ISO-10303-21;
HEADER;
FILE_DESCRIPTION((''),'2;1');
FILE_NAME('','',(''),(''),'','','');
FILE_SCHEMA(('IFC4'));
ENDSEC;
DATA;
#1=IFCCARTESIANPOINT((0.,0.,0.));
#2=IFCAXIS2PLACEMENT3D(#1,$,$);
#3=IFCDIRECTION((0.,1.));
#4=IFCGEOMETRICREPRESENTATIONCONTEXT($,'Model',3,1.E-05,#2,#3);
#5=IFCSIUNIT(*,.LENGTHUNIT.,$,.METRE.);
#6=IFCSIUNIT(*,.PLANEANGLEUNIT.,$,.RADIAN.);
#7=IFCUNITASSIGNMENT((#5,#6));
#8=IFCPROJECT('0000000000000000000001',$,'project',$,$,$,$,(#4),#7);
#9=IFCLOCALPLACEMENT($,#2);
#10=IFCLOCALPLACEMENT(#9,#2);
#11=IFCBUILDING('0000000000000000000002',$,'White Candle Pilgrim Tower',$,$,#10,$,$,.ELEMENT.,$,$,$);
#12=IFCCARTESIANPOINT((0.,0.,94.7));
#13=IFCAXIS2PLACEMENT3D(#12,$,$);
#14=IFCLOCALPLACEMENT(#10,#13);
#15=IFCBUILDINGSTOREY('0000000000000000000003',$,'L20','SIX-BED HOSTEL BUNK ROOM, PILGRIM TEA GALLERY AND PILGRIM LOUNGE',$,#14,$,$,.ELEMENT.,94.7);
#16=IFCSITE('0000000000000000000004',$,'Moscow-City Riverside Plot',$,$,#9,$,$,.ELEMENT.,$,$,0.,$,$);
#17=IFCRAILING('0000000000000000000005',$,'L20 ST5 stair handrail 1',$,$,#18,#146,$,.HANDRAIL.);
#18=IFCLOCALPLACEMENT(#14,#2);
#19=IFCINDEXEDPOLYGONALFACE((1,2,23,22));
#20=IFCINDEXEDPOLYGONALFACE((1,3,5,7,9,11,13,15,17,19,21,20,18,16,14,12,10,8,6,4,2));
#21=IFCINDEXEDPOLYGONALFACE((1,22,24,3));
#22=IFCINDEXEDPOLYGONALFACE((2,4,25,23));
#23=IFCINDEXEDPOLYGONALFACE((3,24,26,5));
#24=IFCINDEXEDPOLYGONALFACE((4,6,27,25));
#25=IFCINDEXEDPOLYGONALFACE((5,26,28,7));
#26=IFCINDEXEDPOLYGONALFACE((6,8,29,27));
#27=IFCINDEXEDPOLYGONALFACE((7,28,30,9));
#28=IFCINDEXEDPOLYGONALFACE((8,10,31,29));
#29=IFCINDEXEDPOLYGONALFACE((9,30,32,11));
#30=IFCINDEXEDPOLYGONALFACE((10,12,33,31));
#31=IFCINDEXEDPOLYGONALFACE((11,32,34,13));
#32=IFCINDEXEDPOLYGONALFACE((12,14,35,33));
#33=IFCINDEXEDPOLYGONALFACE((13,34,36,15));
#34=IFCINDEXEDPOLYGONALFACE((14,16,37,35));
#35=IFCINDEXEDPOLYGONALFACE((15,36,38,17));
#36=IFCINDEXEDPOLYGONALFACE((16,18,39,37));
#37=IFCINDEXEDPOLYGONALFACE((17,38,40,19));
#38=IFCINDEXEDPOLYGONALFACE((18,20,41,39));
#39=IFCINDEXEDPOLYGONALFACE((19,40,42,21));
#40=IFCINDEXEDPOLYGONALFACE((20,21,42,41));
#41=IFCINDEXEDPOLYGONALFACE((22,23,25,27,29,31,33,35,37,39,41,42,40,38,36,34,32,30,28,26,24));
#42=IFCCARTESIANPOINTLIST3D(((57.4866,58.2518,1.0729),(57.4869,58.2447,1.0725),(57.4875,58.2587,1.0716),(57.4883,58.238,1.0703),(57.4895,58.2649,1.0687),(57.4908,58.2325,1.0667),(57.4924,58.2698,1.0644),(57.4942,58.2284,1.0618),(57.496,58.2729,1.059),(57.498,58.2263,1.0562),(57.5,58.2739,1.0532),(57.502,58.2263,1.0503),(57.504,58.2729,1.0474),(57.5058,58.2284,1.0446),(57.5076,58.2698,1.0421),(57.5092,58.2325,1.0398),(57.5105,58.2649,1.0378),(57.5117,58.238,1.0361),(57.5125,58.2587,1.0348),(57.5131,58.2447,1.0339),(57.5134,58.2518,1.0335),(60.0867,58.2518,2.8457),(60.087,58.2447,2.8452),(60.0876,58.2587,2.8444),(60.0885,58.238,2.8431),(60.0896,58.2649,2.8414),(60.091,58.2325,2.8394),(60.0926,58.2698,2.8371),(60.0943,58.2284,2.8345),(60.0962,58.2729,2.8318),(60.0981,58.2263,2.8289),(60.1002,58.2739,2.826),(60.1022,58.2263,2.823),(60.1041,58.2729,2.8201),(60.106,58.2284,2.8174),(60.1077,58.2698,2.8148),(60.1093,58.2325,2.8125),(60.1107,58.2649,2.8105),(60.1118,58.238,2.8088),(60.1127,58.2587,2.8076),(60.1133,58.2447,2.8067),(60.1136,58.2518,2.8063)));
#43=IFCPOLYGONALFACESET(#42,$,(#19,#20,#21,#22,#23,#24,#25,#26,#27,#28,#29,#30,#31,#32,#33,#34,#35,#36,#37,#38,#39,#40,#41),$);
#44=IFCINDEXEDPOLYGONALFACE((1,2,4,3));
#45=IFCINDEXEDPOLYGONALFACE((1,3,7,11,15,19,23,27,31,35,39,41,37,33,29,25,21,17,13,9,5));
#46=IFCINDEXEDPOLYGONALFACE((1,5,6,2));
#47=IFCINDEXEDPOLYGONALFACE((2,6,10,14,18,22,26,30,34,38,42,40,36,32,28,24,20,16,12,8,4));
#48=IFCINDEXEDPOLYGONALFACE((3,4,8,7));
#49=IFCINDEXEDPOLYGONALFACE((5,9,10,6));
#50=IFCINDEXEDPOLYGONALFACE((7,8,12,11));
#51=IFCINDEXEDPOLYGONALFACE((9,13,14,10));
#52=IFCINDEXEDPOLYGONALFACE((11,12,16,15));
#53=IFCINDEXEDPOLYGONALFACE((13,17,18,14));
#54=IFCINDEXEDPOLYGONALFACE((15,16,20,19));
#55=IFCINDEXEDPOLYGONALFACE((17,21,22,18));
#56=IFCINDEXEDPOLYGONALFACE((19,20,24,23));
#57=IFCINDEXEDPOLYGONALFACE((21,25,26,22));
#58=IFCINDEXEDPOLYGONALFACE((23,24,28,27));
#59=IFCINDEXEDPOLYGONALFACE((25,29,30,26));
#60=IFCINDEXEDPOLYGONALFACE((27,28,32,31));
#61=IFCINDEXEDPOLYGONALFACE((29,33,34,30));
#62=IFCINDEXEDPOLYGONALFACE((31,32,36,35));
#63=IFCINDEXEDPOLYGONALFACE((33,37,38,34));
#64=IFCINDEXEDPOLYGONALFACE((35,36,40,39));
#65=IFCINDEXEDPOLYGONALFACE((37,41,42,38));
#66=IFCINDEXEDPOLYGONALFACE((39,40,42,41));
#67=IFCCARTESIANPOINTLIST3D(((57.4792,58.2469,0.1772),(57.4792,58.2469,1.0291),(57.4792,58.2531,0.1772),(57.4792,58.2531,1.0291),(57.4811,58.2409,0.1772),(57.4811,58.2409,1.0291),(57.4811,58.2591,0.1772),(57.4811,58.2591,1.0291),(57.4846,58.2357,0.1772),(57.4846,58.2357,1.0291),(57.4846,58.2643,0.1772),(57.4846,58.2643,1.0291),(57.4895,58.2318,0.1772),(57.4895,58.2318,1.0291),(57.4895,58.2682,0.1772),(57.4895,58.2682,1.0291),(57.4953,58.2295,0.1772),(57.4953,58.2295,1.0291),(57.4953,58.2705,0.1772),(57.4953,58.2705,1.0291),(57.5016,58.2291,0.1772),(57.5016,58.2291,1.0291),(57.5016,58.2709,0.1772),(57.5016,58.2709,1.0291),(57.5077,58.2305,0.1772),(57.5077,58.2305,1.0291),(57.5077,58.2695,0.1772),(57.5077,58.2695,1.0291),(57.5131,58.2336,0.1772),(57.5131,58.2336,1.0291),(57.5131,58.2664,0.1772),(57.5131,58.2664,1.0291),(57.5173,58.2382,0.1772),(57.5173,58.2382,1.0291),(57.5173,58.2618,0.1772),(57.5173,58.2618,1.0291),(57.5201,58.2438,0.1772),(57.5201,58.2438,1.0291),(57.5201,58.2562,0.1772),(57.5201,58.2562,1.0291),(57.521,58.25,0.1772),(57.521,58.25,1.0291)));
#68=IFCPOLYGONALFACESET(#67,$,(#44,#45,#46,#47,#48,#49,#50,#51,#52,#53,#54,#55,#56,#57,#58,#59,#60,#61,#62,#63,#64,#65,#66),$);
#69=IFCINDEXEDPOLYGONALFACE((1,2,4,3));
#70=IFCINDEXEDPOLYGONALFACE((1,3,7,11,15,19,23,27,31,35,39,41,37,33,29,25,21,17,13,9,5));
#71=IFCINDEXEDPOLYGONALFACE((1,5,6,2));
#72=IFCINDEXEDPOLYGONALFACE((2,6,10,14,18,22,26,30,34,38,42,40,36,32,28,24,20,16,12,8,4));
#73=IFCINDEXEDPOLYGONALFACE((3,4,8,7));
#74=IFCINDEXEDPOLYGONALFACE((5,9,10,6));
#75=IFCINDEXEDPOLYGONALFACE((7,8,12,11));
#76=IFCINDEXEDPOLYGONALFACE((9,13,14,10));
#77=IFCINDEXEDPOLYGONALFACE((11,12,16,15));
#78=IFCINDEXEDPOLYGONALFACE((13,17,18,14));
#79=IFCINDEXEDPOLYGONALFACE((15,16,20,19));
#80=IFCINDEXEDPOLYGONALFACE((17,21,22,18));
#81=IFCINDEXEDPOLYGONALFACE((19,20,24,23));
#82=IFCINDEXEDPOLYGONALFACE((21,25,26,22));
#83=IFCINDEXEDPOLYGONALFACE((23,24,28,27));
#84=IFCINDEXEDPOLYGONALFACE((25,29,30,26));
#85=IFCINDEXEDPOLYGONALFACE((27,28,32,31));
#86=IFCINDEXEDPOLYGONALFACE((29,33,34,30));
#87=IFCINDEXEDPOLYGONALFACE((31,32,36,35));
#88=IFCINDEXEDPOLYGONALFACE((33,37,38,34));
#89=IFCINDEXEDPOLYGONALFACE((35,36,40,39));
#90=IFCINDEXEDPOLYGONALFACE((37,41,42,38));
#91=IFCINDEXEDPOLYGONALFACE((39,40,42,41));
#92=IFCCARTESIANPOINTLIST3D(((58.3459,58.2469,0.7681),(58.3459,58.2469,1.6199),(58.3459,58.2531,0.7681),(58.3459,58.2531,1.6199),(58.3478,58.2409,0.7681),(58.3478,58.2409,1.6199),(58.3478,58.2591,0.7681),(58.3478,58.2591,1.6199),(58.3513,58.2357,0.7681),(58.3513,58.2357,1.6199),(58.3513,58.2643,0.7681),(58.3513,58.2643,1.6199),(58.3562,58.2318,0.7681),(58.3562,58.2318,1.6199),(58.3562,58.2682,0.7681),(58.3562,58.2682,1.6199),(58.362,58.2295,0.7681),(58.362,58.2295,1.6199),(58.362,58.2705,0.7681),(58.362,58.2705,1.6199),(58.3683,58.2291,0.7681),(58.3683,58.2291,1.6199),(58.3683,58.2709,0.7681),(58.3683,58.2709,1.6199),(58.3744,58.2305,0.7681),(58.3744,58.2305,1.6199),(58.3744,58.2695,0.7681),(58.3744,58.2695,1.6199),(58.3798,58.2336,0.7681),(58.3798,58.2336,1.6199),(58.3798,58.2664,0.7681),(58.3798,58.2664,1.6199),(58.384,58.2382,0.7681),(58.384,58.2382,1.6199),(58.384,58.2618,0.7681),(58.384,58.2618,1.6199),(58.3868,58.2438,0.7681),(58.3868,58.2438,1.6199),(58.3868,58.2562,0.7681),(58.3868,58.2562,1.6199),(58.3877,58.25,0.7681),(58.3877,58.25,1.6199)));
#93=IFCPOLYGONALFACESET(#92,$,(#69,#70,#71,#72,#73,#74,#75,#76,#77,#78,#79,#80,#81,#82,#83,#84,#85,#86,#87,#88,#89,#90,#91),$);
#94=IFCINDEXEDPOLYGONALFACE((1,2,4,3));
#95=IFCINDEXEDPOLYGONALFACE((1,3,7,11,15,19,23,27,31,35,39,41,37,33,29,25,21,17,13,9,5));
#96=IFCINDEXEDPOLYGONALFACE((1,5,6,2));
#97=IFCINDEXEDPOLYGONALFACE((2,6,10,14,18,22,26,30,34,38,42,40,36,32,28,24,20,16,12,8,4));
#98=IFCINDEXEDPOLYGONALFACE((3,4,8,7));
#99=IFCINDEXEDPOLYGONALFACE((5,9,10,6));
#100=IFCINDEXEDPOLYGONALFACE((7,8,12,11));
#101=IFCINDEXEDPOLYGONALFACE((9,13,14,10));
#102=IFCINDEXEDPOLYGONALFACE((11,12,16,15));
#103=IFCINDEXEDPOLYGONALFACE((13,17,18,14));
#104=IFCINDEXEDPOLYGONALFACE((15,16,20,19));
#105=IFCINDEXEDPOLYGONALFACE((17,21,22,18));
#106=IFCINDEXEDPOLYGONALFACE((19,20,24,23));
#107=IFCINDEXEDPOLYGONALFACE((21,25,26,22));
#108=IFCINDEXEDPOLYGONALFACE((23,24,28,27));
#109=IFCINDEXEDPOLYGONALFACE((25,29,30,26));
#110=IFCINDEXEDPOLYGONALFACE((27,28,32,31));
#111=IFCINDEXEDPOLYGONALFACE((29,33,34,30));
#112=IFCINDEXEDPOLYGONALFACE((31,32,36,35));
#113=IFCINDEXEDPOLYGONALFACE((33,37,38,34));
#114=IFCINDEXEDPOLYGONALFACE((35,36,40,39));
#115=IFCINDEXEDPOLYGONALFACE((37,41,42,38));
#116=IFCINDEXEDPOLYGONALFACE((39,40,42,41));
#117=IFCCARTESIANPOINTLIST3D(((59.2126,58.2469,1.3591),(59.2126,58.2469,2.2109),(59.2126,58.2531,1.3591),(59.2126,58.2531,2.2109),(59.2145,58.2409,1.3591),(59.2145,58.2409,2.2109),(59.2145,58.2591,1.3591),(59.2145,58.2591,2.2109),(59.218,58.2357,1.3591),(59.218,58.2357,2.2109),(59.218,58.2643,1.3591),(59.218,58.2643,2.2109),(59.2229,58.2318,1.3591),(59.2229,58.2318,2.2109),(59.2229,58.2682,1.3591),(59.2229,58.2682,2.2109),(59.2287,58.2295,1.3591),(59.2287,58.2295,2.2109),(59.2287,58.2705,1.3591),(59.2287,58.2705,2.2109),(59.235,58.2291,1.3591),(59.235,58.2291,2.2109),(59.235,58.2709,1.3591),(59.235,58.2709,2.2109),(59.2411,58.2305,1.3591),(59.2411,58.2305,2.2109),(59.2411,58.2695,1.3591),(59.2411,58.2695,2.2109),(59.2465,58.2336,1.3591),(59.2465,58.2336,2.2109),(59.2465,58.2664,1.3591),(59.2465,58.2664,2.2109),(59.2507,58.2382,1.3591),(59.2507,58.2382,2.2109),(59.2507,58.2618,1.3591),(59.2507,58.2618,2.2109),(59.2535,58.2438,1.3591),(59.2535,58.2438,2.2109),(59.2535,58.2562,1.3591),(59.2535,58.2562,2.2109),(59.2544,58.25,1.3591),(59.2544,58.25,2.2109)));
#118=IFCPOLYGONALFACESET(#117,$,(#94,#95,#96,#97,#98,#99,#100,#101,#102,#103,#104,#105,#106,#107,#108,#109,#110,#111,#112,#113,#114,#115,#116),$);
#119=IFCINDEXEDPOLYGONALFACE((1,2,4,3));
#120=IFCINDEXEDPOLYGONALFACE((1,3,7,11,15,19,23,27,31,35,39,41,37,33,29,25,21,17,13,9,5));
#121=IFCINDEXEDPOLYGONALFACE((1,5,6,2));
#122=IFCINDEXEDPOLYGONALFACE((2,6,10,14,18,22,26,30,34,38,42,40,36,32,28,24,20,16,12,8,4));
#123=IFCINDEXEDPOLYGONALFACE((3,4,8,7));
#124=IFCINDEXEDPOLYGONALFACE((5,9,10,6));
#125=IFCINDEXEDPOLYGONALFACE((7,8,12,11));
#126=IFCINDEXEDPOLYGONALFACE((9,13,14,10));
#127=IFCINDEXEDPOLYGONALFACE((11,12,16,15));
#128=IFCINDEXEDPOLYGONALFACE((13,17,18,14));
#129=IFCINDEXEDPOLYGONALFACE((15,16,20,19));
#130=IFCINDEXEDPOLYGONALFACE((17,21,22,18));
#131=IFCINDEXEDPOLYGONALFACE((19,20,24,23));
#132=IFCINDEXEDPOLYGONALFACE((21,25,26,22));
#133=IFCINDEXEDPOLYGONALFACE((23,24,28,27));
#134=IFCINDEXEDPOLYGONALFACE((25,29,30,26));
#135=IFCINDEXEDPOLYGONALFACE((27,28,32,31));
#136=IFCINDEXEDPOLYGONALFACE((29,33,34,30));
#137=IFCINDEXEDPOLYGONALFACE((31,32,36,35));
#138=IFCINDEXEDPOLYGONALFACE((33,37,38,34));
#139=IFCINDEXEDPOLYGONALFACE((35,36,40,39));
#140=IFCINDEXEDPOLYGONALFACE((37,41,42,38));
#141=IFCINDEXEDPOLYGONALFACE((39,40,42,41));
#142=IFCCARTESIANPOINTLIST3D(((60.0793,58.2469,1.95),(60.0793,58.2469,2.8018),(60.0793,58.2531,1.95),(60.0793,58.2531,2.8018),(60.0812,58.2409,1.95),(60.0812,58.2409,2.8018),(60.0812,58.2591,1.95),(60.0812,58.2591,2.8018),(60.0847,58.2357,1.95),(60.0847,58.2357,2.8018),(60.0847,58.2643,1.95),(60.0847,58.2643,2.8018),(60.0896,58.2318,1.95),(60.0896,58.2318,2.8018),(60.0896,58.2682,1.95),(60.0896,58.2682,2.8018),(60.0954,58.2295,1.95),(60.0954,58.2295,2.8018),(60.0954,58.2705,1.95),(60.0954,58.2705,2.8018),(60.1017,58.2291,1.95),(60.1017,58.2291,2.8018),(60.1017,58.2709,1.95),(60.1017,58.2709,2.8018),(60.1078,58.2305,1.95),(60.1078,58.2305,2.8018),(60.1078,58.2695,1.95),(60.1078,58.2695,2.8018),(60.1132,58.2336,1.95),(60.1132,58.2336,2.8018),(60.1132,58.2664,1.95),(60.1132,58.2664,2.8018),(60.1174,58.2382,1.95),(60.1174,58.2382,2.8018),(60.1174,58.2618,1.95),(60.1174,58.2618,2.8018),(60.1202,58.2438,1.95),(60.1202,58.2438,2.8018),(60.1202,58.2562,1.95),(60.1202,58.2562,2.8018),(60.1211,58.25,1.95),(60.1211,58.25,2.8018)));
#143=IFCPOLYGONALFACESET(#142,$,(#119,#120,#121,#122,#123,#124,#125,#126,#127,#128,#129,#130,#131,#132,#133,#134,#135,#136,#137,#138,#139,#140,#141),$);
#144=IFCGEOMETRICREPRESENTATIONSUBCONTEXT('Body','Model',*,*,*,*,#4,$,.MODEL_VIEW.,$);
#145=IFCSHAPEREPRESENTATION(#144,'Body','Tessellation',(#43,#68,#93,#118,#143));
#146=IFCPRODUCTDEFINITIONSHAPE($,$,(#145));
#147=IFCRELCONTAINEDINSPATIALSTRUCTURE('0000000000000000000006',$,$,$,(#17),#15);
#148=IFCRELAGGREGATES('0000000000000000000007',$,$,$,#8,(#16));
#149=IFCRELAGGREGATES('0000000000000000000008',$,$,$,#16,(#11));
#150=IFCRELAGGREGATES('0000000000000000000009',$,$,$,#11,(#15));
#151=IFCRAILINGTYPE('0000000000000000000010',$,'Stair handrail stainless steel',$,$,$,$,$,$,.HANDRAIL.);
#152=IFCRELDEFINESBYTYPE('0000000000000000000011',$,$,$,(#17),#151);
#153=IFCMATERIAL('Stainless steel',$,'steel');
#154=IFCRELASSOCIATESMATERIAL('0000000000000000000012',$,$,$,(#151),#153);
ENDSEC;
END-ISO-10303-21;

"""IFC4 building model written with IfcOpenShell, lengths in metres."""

from ifc_helpers import new_model, si_unit, direction, frame, origin, origin_2d, place, context, subcontext, project, spatial, circle, extrude, material, type_object, element, save


model = new_model("IFC4")

# Units and contexts
model_context = context("Model", 3, precision=1e-05, world=origin(), true_north=direction((0.0, 1.0)))
body_context = subcontext(model_context, "Body", "Model", "MODEL_VIEW")
ifc_project = project(units=[si_unit("LENGTHUNIT", "METRE"), si_unit("PLANEANGLEUNIT", "RADIAN")], contexts=[model_context])

# Site, building, storey
site_placement = place(None, origin())
site = spatial("IfcSite", under=ifc_project, at=site_placement, Name="Moscow-City Riverside Plot", CompositionType="ELEMENT", RefElevation=0.0)
building_placement = place(site_placement, origin())
building = spatial("IfcBuilding", under=site, at=building_placement, Name="White Candle Pilgrim Tower", CompositionType="ELEMENT")
storey_placement = place(building_placement, frame((0.0, 0.0, 94.7)))
storey = spatial("IfcBuildingStorey", under=building, at=storey_placement, Name="L20", Description="SIX-BED HOSTEL BUNK ROOM, PILGRIM TEA GALLERY AND PILGRIM LOUNGE", CompositionType="ELEMENT", Elevation=94.7)

# Railing
ifc_material_1 = material(Name="Stainless steel", Category="steel")
railing_type_1 = type_object("IfcRailingType", Name="Stair handrail stainless steel", PredefinedType="HANDRAIL", material=ifc_material_1)
railing_1_placement = place(storey_placement, frame((57.5, 58.25, 0.1772)))
element("IfcRailing", 1, at=railing_1_placement, inside=storey, type_object=railing_type_1, Name="L20 ST5 stair handrail 1", PredefinedType="HANDRAIL", context=body_context, shape_type="SweptSolid", body=[
    extrude(circle(Radius=0.0239, at=origin_2d()), frame((0.0, 0.0, 0.876), z_axis=(0.82624, 0.0, 0.563318), x_axis=(0.0, 1.0, 0.0)), (0.0, 0.0, 1.0), 3.147),
    extrude(circle(Radius=0.021, at=origin_2d()), origin(), (0.0, 0.0, 1.0), 0.8518),
    extrude(circle(Radius=0.021, at=origin_2d()), frame((0.8667, 0.0, 0.5908)), (0.0, 0.0, 1.0), 0.8518),
    extrude(circle(Radius=0.021, at=origin_2d()), frame((1.7334, 0.0, 1.1819)), (0.0, 0.0, 1.0), 0.8518),
    extrude(circle(Radius=0.021, at=origin_2d()), frame((2.6001, 0.0, 1.7727)), (0.0, 0.0, 1.0), 0.8518),
])

save(model, "model.ifc")
